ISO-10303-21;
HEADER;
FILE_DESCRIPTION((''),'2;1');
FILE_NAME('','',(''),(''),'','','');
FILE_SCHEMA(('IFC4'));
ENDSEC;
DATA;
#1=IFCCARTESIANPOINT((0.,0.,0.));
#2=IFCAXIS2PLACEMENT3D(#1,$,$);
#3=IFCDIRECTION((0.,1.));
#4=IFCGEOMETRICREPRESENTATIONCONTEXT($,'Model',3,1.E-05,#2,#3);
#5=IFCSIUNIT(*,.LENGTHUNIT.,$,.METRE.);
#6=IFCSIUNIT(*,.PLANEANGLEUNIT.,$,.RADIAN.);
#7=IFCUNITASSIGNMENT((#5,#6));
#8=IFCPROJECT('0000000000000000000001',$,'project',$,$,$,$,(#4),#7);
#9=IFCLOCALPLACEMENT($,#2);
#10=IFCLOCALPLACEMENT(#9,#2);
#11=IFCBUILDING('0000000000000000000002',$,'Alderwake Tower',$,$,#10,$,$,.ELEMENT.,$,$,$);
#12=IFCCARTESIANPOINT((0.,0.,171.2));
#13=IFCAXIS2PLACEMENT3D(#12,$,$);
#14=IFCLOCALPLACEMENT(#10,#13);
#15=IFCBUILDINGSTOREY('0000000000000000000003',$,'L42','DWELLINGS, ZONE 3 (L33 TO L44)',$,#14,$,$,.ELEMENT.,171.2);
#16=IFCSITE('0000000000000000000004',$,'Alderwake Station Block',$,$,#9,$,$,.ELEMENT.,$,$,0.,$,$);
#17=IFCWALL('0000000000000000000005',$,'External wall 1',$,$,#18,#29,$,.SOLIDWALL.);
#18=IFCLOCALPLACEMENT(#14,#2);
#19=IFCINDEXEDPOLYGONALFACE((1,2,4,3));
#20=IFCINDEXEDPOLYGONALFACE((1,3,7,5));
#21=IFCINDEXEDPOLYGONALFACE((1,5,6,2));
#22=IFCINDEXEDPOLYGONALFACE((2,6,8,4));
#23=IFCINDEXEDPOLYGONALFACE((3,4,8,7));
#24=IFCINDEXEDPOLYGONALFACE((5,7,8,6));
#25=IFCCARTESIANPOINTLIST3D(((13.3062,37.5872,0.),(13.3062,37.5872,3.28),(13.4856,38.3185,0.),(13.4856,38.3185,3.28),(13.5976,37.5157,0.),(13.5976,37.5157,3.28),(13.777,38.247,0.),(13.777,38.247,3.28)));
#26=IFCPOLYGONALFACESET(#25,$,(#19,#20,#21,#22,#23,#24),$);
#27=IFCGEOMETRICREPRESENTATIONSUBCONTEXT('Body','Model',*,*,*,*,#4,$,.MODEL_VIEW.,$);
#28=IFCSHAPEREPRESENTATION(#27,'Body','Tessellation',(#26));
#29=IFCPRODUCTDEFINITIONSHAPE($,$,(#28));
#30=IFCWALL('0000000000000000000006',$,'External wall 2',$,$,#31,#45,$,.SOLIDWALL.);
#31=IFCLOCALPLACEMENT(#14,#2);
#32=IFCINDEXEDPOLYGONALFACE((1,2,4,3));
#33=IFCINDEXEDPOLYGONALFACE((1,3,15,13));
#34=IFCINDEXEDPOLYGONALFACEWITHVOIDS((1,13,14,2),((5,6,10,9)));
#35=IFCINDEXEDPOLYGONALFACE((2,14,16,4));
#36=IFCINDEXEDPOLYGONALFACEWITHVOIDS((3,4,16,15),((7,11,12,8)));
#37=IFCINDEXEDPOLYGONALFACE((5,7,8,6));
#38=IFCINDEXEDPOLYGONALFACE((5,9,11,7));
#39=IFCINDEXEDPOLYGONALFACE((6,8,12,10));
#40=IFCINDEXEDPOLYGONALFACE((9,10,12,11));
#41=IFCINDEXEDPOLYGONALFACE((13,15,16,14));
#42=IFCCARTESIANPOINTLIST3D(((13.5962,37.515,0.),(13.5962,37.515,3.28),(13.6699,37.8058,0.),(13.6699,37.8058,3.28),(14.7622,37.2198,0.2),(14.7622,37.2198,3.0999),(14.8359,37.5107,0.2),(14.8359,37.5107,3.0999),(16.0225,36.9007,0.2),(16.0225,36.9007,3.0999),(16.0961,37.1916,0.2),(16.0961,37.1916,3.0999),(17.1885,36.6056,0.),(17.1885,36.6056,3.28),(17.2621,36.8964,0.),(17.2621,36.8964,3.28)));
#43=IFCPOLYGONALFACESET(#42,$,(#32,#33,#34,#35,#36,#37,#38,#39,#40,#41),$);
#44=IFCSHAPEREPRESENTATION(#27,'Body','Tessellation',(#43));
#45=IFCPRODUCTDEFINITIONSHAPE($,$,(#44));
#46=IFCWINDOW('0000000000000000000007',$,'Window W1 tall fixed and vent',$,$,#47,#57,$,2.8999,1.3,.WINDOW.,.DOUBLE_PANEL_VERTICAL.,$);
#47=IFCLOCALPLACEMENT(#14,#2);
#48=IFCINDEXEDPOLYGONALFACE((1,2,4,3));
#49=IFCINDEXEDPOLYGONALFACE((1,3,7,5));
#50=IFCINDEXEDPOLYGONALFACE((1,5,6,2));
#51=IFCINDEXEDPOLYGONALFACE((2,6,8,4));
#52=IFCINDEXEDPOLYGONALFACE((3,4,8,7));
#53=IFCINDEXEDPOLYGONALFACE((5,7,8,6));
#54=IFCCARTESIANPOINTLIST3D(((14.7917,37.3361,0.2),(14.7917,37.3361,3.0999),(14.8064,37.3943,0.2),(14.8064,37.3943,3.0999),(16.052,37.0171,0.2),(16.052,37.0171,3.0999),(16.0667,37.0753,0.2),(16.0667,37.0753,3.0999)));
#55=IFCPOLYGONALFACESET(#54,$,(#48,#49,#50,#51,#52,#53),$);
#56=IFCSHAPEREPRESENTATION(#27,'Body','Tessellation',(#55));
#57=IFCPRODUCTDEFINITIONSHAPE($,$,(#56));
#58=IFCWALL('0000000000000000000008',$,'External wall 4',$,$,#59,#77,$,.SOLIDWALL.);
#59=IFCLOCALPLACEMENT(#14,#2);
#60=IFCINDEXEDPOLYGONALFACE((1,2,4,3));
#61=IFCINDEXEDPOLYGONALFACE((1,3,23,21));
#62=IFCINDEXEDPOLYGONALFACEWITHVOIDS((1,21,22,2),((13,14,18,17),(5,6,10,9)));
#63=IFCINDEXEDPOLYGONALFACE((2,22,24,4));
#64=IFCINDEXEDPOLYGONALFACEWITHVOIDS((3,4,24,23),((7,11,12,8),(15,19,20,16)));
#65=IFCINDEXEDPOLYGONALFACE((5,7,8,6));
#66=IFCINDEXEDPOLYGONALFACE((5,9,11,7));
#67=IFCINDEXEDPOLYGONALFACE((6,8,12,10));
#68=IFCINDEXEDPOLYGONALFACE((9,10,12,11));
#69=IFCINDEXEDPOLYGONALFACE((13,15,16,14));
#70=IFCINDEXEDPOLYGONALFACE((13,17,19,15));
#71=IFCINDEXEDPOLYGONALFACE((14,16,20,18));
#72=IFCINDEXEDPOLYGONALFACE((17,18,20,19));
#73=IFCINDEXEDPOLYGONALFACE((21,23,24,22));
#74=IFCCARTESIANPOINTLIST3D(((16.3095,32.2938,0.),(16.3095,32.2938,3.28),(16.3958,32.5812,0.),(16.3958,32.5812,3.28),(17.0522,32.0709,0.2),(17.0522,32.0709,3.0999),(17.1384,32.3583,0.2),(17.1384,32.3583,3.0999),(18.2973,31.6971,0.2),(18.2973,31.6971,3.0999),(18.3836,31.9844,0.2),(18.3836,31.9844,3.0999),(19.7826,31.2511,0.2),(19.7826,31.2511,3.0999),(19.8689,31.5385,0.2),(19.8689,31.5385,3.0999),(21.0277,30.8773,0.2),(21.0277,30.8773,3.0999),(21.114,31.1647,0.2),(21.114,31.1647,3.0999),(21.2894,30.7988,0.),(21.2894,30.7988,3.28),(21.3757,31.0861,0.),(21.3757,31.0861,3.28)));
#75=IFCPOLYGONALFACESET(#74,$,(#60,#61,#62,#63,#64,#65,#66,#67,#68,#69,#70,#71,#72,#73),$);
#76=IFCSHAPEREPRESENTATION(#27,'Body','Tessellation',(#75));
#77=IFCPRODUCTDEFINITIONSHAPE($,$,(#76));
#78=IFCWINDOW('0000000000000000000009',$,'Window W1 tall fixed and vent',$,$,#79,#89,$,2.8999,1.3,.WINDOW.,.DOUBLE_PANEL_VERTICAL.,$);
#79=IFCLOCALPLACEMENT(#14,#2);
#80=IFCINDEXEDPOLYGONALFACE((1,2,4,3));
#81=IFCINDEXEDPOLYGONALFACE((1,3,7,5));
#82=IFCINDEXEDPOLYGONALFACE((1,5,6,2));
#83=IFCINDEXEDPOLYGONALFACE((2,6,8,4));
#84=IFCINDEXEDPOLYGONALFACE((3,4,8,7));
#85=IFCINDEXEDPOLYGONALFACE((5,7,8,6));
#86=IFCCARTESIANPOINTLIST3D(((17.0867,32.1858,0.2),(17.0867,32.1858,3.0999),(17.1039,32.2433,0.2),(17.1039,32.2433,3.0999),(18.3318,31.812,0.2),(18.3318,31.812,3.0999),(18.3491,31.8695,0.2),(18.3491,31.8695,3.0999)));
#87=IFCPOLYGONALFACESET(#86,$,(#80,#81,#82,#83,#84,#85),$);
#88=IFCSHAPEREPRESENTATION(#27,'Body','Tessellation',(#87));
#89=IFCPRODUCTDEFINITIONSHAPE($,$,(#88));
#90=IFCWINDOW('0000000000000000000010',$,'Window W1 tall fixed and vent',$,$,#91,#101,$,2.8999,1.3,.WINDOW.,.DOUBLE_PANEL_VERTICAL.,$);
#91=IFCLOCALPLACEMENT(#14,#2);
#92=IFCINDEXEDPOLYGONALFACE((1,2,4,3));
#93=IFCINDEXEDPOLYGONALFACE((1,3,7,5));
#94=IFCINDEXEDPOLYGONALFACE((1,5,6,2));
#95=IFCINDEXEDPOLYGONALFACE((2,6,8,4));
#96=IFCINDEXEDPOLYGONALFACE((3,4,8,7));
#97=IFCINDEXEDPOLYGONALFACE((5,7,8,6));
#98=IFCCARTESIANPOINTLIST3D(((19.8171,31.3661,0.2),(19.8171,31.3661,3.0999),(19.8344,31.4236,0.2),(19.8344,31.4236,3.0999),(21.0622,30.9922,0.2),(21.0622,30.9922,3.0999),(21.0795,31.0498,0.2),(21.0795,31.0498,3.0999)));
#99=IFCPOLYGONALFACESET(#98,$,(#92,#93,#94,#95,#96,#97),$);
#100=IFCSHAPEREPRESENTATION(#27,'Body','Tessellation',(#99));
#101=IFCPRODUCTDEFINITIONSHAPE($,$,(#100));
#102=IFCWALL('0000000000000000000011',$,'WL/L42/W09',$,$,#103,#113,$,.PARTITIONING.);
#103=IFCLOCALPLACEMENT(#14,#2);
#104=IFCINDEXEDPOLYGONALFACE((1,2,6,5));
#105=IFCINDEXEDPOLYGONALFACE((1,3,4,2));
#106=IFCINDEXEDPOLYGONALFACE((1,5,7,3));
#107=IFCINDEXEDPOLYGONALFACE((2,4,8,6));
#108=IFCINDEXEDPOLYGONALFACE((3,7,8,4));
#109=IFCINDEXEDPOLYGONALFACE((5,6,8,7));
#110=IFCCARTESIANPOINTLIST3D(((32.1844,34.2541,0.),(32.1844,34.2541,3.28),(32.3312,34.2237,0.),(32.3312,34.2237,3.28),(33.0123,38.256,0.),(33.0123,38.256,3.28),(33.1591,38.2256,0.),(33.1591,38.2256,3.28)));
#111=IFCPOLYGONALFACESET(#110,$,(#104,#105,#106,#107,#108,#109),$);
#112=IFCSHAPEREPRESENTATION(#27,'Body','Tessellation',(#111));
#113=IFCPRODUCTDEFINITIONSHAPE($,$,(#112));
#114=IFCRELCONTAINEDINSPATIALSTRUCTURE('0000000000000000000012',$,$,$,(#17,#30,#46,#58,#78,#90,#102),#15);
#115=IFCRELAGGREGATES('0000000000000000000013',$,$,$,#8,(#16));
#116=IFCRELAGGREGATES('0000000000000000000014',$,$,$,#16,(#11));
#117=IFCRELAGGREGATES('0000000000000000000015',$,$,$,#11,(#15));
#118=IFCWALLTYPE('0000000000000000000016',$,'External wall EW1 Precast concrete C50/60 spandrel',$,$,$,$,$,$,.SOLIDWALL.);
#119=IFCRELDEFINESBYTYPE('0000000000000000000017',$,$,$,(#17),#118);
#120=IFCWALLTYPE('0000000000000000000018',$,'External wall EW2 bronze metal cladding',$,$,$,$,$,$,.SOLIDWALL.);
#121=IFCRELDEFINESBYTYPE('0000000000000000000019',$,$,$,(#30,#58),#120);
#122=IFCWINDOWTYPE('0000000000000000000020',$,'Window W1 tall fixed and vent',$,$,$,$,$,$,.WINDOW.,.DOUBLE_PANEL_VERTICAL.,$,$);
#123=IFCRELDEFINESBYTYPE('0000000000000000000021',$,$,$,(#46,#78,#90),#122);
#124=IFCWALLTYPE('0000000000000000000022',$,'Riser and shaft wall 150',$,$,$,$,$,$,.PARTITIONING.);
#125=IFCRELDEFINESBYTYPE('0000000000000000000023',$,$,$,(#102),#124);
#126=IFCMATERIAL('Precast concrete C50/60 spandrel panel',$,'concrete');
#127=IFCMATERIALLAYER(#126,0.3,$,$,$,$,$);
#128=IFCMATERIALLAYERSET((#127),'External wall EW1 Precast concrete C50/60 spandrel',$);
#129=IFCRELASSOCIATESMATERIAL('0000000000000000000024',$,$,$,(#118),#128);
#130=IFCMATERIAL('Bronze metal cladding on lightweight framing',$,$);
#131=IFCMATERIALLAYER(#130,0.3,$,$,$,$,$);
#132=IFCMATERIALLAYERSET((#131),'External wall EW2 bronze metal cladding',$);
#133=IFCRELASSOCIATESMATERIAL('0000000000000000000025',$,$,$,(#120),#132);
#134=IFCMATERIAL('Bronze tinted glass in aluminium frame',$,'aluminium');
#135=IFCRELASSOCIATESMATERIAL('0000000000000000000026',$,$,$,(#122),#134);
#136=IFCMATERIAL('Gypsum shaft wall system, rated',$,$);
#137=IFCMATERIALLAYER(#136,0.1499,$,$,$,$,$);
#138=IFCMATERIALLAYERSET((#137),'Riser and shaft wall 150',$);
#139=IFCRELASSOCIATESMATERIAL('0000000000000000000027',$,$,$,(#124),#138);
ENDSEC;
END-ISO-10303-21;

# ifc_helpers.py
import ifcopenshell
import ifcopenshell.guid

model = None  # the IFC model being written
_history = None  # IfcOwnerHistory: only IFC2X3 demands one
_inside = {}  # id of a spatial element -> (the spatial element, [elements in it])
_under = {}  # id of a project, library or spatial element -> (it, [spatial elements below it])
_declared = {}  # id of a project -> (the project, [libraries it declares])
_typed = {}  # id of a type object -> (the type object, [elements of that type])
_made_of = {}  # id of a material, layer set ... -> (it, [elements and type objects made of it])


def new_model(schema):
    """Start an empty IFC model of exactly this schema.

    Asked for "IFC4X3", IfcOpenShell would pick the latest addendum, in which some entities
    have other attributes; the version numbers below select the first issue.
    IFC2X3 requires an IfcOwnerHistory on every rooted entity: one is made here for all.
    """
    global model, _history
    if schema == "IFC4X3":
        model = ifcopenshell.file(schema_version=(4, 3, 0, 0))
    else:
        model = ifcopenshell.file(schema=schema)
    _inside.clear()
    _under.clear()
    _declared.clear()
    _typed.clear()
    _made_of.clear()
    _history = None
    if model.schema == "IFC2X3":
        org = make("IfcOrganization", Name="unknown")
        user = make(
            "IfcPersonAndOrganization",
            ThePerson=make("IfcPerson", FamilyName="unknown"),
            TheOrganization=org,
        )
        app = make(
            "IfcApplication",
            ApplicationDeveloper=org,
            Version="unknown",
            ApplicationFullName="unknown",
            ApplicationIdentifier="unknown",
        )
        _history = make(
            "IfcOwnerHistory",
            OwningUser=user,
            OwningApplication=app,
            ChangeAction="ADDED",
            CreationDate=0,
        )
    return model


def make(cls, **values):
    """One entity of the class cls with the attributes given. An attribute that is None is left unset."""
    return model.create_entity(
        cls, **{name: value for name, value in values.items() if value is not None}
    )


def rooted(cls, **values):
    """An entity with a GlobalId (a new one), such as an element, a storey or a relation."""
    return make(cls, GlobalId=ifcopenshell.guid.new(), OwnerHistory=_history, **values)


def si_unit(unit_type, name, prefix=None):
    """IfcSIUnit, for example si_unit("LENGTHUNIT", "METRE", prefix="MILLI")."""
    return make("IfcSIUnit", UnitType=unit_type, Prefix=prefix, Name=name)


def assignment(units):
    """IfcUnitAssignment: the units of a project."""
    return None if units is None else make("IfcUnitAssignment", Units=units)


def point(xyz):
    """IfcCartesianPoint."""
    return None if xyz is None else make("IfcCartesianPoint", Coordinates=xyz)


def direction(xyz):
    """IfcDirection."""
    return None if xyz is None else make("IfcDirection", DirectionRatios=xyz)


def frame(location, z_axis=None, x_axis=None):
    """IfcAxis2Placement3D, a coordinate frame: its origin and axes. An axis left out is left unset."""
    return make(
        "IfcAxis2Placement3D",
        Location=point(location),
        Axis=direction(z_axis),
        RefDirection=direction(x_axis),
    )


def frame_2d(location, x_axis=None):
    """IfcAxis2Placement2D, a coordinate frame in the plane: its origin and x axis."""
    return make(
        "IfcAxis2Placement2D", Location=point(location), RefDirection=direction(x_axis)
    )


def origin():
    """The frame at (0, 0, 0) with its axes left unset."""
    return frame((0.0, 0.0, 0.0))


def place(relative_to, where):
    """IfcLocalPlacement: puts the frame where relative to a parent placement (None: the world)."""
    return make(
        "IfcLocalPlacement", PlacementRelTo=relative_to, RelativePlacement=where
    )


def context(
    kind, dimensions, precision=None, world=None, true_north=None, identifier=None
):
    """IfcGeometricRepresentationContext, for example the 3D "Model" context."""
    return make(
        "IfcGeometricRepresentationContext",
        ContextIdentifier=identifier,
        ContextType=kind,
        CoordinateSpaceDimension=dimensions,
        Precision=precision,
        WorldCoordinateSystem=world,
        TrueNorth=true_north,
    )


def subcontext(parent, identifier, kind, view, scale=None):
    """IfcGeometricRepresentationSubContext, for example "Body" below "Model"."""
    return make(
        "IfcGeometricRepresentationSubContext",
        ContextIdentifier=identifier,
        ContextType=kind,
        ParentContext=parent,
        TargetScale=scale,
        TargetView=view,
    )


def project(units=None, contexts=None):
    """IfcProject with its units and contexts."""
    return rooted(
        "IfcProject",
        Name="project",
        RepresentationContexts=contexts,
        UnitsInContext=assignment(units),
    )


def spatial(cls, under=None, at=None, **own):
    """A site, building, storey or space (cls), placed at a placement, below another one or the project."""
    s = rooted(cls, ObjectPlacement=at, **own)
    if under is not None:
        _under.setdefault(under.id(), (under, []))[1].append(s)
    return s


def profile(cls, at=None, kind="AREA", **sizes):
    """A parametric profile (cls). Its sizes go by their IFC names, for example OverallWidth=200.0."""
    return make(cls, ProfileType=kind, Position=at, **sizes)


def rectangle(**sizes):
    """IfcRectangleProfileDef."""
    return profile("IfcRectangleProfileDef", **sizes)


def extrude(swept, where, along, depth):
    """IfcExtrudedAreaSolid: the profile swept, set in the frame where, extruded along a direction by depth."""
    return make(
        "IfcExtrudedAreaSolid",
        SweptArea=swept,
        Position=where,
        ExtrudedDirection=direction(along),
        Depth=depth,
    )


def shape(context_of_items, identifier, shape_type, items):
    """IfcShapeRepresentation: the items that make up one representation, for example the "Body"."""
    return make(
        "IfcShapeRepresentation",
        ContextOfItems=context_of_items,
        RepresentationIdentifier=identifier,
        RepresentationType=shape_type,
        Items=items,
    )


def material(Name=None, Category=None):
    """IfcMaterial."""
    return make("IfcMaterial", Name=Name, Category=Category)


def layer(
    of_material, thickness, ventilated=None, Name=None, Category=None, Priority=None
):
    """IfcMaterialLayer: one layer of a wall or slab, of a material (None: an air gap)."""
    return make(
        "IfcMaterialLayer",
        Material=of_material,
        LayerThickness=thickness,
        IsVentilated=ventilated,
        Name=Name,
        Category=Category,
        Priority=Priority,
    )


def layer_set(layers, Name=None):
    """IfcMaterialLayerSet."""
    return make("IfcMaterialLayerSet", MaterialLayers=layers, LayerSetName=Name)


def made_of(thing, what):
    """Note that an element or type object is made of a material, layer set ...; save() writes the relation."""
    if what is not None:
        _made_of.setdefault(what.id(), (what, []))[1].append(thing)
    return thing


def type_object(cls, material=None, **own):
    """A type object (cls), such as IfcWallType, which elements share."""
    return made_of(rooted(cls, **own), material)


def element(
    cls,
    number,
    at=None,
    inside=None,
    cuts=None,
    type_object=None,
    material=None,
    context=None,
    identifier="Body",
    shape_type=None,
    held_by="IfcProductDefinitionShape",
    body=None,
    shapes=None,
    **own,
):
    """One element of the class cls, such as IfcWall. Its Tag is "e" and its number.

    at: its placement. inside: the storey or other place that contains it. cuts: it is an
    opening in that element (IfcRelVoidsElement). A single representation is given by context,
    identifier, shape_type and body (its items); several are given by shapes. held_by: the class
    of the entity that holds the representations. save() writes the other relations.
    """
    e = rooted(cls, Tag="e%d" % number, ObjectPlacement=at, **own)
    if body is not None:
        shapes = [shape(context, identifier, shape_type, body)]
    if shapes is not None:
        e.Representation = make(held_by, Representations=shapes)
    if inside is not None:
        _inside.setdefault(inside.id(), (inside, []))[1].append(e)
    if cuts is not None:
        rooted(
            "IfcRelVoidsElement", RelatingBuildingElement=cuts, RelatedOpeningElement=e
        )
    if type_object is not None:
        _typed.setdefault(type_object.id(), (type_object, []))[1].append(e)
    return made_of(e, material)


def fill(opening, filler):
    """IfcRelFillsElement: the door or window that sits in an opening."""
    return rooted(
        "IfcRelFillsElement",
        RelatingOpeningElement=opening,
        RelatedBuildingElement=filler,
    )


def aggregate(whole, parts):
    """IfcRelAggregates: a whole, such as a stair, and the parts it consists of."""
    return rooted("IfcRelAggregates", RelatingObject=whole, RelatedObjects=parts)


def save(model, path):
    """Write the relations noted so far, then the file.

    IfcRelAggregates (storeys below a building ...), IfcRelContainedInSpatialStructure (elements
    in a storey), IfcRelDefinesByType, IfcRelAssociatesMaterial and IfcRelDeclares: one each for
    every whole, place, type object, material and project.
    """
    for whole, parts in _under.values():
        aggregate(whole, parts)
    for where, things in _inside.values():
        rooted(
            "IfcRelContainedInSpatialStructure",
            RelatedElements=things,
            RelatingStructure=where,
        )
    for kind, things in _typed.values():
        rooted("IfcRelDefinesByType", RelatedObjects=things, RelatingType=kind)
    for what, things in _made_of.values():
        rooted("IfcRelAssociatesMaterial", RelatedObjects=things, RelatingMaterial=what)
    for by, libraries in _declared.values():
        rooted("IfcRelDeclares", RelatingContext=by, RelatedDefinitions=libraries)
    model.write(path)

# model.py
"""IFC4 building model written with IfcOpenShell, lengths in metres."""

from ifc_helpers import new_model, si_unit, direction, frame, frame_2d, origin, place, context, subcontext, project, spatial, rectangle, extrude, material, layer, layer_set, type_object, element, fill, save


model = new_model("IFC4")

# Units and contexts
model_context = context("Model", 3, precision=1e-05, world=origin(), true_north=direction((0.0, 1.0)))
body_context = subcontext(model_context, "Body", "Model", "MODEL_VIEW")
ifc_project = project(units=[si_unit("LENGTHUNIT", "METRE"), si_unit("PLANEANGLEUNIT", "RADIAN")], contexts=[model_context])

# Site, building, storey
site_placement = place(None, origin())
site = spatial("IfcSite", under=ifc_project, at=site_placement, Name="Alderwake Station Block", CompositionType="ELEMENT", RefElevation=0.0)
building_placement = place(site_placement, origin())
building = spatial("IfcBuilding", under=site, at=building_placement, Name="Alderwake Tower", CompositionType="ELEMENT")
storey_placement = place(building_placement, frame((0.0, 0.0, 171.2)))
storey = spatial("IfcBuildingStorey", under=building, at=storey_placement, Name="L42", Description="DWELLINGS, ZONE 3 (L33 TO L44)", CompositionType="ELEMENT", Elevation=171.2)

# Wall
ifc_material_1 = material(Name="Precast concrete C50/60 spandrel panel", Category="concrete")
ifc_layer_1 = layer(ifc_material_1, 0.3)
ifc_layer_set_1 = layer_set([ifc_layer_1], Name="External wall EW1 Precast concrete C50/60 spandrel")
wall_type_1 = type_object("IfcWallType", Name="External wall EW1 Precast concrete C50/60 spandrel", PredefinedType="SOLIDWALL", material=ifc_layer_set_1)
wall_1_placement = place(storey_placement, frame((13.6313, 38.2827, 0.0), z_axis=(0.0, 0.0, 1.0), x_axis=(-0.238337, -0.971183, 0.0)))
element("IfcWall", 1, at=wall_1_placement, inside=storey, type_object=wall_type_1, Name="External wall 1", PredefinedType="SOLIDWALL", context=body_context, shape_type="SweptSolid", body=[
    extrude(rectangle(XDim=0.7529, YDim=0.3, at=frame_2d((0.3765, 0.0))), origin(), (0.0, 0.0, 1.0), 3.28),
])

# Wall, opening, window
ifc_material_2 = material(Name="Bronze metal cladding on lightweight framing")
ifc_layer_2 = layer(ifc_material_2, 0.3)
ifc_layer_set_2 = layer_set([ifc_layer_2], Name="External wall EW2 bronze metal cladding")
wall_type_2 = type_object("IfcWallType", Name="External wall EW2 bronze metal cladding", PredefinedType="SOLIDWALL", material=ifc_layer_set_2)
wall_2_placement = place(storey_placement, frame((13.6331, 37.6604, 0.0), z_axis=(0.0, 0.0, 1.0), x_axis=(0.969417, -0.245418, 0.0)))
wall_2 = element("IfcWall", 2, at=wall_2_placement, inside=storey, type_object=wall_type_2, Name="External wall 2", PredefinedType="SOLIDWALL", context=body_context, shape_type="SweptSolid", body=[
    extrude(rectangle(XDim=3.7056, YDim=0.3, at=frame_2d((1.8528, 0.0))), origin(), (0.0, 0.0, 1.0), 3.28),
])
opening_1_placement = place(wall_2_placement, frame((1.2029, 0.0, 0.2)))
opening_1 = element("IfcOpeningElement", 3, at=opening_1_placement, cuts=wall_2, PredefinedType="OPENING", context=body_context, shape_type="SweptSolid", body=[
    extrude(rectangle(XDim=1.3, YDim=2.8999, at=frame_2d((0.6499, 1.45))), frame((0.0, 0.1599, 0.0), z_axis=(0.0, -1.0, 0.0), x_axis=(1.0, 0.0, 0.0)), (0.0, 0.0, 1.0), 0.3201),
])
ifc_material_3 = material(Name="Bronze tinted glass in aluminium frame", Category="aluminium")
window_type = type_object("IfcWindowType", Name="Window W1 tall fixed and vent", PartitioningType="DOUBLE_PANEL_VERTICAL", PredefinedType="WINDOW", material=ifc_material_3)
window_1_placement = place(opening_1_placement, origin())
window_1 = element("IfcWindow", 4, at=window_1_placement, inside=storey, type_object=window_type, Name="Window W1 tall fixed and vent", OverallHeight=2.8999, OverallWidth=1.3, PartitioningType="DOUBLE_PANEL_VERTICAL", PredefinedType="WINDOW", context=body_context, shape_type="SweptSolid", body=[
    extrude(rectangle(XDim=1.3, YDim=2.8999, at=frame_2d((0.6499, 1.45))), frame((0.0, 0.03, 0.0), z_axis=(0.0, -1.0, 0.0), x_axis=(1.0, 0.0, 0.0)), (0.0, 0.0, 1.0), 0.0601),
])
fill(opening_1, window_1)

# Wall, openings, windows
wall_3_placement = place(storey_placement, frame((16.3528, 32.4375, 0.0), z_axis=(0.0, 0.0, 1.0), x_axis=(0.957767, -0.287546, 0.0)))
wall_3 = element("IfcWall", 5, at=wall_3_placement, inside=storey, type_object=wall_type_2, Name="External wall 4", PredefinedType="SOLIDWALL", context=body_context, shape_type="SweptSolid", body=[
    extrude(rectangle(XDim=5.1995, YDim=0.3, at=frame_2d((2.5996, 0.0))), origin(), (0.0, 0.0, 1.0), 3.28),
])
opening_2_placement = place(wall_3_placement, frame((0.7754, 0.0, 0.2)))
opening_2 = element("IfcOpeningElement", 6, at=opening_2_placement, cuts=wall_3, PredefinedType="OPENING", context=body_context, shape_type="SweptSolid", body=[
    extrude(rectangle(XDim=1.3, YDim=2.8999, at=frame_2d((0.6499, 1.45))), frame((0.0, 0.1599, 0.0), z_axis=(0.0, -1.0, 0.0), x_axis=(1.0, 0.0, 0.0)), (0.0, 0.0, 1.0), 0.3201),
])
opening_3_placement = place(wall_3_placement, frame((3.6262, 0.0, 0.2)))
opening_3 = element("IfcOpeningElement", 7, at=opening_3_placement, cuts=wall_3, PredefinedType="OPENING", context=body_context, shape_type="SweptSolid", body=[
    extrude(rectangle(XDim=1.3, YDim=2.8999, at=frame_2d((0.6499, 1.45))), frame((0.0, 0.1599, 0.0), z_axis=(0.0, -1.0, 0.0), x_axis=(1.0, 0.0, 0.0)), (0.0, 0.0, 1.0), 0.3201),
])
window_2_placement = place(opening_2_placement, origin())
window_2 = element("IfcWindow", 8, at=window_2_placement, inside=storey, type_object=window_type, Name="Window W1 tall fixed and vent", OverallHeight=2.8999, OverallWidth=1.3, PartitioningType="DOUBLE_PANEL_VERTICAL", PredefinedType="WINDOW", context=body_context, shape_type="SweptSolid", body=[
    extrude(rectangle(XDim=1.3, YDim=2.8999, at=frame_2d((0.6499, 1.45))), frame((0.0, 0.03, 0.0), z_axis=(0.0, -1.0, 0.0), x_axis=(1.0, 0.0, 0.0)), (0.0, 0.0, 1.0), 0.0601),
])
fill(opening_2, window_2)
window_3_placement = place(opening_3_placement, origin())
window_3 = element("IfcWindow", 9, at=window_3_placement, inside=storey, type_object=window_type, Name="Window W1 tall fixed and vent", OverallHeight=2.8999, OverallWidth=1.3, PartitioningType="DOUBLE_PANEL_VERTICAL", PredefinedType="WINDOW", context=body_context, shape_type="SweptSolid", body=[
    extrude(rectangle(XDim=1.3, YDim=2.8999, at=frame_2d((0.6499, 1.45))), frame((0.0, 0.03, 0.0), z_axis=(0.0, -1.0, 0.0), x_axis=(1.0, 0.0, 0.0)), (0.0, 0.0, 1.0), 0.0601),
])
fill(opening_3, window_3)

# Wall
ifc_material_4 = material(Name="Gypsum shaft wall system, rated")
ifc_layer_3 = layer(ifc_material_4, 0.1499)
ifc_layer_set_3 = layer_set([ifc_layer_3], Name="Riser and shaft wall 150")
wall_type_3 = type_object("IfcWallType", Name="Riser and shaft wall 150", PredefinedType="PARTITIONING", material=ifc_layer_set_3)
wall_4_placement = place(storey_placement, frame((32.2578, 34.2388, 0.0), z_axis=(0.0, 0.0, 1.0), x_axis=(0.20258, 0.979266, 0.0)))
element("IfcWall", 10, at=wall_4_placement, inside=storey, type_object=wall_type_3, Name="WL/L42/W09", PredefinedType="PARTITIONING", context=body_context, shape_type="SweptSolid", body=[
    extrude(rectangle(XDim=4.0867, YDim=0.1499, at=frame_2d((2.0435, 0.0))), origin(), (0.0, 0.0, 1.0), 3.28),
])

save(model, "model.ifc")
